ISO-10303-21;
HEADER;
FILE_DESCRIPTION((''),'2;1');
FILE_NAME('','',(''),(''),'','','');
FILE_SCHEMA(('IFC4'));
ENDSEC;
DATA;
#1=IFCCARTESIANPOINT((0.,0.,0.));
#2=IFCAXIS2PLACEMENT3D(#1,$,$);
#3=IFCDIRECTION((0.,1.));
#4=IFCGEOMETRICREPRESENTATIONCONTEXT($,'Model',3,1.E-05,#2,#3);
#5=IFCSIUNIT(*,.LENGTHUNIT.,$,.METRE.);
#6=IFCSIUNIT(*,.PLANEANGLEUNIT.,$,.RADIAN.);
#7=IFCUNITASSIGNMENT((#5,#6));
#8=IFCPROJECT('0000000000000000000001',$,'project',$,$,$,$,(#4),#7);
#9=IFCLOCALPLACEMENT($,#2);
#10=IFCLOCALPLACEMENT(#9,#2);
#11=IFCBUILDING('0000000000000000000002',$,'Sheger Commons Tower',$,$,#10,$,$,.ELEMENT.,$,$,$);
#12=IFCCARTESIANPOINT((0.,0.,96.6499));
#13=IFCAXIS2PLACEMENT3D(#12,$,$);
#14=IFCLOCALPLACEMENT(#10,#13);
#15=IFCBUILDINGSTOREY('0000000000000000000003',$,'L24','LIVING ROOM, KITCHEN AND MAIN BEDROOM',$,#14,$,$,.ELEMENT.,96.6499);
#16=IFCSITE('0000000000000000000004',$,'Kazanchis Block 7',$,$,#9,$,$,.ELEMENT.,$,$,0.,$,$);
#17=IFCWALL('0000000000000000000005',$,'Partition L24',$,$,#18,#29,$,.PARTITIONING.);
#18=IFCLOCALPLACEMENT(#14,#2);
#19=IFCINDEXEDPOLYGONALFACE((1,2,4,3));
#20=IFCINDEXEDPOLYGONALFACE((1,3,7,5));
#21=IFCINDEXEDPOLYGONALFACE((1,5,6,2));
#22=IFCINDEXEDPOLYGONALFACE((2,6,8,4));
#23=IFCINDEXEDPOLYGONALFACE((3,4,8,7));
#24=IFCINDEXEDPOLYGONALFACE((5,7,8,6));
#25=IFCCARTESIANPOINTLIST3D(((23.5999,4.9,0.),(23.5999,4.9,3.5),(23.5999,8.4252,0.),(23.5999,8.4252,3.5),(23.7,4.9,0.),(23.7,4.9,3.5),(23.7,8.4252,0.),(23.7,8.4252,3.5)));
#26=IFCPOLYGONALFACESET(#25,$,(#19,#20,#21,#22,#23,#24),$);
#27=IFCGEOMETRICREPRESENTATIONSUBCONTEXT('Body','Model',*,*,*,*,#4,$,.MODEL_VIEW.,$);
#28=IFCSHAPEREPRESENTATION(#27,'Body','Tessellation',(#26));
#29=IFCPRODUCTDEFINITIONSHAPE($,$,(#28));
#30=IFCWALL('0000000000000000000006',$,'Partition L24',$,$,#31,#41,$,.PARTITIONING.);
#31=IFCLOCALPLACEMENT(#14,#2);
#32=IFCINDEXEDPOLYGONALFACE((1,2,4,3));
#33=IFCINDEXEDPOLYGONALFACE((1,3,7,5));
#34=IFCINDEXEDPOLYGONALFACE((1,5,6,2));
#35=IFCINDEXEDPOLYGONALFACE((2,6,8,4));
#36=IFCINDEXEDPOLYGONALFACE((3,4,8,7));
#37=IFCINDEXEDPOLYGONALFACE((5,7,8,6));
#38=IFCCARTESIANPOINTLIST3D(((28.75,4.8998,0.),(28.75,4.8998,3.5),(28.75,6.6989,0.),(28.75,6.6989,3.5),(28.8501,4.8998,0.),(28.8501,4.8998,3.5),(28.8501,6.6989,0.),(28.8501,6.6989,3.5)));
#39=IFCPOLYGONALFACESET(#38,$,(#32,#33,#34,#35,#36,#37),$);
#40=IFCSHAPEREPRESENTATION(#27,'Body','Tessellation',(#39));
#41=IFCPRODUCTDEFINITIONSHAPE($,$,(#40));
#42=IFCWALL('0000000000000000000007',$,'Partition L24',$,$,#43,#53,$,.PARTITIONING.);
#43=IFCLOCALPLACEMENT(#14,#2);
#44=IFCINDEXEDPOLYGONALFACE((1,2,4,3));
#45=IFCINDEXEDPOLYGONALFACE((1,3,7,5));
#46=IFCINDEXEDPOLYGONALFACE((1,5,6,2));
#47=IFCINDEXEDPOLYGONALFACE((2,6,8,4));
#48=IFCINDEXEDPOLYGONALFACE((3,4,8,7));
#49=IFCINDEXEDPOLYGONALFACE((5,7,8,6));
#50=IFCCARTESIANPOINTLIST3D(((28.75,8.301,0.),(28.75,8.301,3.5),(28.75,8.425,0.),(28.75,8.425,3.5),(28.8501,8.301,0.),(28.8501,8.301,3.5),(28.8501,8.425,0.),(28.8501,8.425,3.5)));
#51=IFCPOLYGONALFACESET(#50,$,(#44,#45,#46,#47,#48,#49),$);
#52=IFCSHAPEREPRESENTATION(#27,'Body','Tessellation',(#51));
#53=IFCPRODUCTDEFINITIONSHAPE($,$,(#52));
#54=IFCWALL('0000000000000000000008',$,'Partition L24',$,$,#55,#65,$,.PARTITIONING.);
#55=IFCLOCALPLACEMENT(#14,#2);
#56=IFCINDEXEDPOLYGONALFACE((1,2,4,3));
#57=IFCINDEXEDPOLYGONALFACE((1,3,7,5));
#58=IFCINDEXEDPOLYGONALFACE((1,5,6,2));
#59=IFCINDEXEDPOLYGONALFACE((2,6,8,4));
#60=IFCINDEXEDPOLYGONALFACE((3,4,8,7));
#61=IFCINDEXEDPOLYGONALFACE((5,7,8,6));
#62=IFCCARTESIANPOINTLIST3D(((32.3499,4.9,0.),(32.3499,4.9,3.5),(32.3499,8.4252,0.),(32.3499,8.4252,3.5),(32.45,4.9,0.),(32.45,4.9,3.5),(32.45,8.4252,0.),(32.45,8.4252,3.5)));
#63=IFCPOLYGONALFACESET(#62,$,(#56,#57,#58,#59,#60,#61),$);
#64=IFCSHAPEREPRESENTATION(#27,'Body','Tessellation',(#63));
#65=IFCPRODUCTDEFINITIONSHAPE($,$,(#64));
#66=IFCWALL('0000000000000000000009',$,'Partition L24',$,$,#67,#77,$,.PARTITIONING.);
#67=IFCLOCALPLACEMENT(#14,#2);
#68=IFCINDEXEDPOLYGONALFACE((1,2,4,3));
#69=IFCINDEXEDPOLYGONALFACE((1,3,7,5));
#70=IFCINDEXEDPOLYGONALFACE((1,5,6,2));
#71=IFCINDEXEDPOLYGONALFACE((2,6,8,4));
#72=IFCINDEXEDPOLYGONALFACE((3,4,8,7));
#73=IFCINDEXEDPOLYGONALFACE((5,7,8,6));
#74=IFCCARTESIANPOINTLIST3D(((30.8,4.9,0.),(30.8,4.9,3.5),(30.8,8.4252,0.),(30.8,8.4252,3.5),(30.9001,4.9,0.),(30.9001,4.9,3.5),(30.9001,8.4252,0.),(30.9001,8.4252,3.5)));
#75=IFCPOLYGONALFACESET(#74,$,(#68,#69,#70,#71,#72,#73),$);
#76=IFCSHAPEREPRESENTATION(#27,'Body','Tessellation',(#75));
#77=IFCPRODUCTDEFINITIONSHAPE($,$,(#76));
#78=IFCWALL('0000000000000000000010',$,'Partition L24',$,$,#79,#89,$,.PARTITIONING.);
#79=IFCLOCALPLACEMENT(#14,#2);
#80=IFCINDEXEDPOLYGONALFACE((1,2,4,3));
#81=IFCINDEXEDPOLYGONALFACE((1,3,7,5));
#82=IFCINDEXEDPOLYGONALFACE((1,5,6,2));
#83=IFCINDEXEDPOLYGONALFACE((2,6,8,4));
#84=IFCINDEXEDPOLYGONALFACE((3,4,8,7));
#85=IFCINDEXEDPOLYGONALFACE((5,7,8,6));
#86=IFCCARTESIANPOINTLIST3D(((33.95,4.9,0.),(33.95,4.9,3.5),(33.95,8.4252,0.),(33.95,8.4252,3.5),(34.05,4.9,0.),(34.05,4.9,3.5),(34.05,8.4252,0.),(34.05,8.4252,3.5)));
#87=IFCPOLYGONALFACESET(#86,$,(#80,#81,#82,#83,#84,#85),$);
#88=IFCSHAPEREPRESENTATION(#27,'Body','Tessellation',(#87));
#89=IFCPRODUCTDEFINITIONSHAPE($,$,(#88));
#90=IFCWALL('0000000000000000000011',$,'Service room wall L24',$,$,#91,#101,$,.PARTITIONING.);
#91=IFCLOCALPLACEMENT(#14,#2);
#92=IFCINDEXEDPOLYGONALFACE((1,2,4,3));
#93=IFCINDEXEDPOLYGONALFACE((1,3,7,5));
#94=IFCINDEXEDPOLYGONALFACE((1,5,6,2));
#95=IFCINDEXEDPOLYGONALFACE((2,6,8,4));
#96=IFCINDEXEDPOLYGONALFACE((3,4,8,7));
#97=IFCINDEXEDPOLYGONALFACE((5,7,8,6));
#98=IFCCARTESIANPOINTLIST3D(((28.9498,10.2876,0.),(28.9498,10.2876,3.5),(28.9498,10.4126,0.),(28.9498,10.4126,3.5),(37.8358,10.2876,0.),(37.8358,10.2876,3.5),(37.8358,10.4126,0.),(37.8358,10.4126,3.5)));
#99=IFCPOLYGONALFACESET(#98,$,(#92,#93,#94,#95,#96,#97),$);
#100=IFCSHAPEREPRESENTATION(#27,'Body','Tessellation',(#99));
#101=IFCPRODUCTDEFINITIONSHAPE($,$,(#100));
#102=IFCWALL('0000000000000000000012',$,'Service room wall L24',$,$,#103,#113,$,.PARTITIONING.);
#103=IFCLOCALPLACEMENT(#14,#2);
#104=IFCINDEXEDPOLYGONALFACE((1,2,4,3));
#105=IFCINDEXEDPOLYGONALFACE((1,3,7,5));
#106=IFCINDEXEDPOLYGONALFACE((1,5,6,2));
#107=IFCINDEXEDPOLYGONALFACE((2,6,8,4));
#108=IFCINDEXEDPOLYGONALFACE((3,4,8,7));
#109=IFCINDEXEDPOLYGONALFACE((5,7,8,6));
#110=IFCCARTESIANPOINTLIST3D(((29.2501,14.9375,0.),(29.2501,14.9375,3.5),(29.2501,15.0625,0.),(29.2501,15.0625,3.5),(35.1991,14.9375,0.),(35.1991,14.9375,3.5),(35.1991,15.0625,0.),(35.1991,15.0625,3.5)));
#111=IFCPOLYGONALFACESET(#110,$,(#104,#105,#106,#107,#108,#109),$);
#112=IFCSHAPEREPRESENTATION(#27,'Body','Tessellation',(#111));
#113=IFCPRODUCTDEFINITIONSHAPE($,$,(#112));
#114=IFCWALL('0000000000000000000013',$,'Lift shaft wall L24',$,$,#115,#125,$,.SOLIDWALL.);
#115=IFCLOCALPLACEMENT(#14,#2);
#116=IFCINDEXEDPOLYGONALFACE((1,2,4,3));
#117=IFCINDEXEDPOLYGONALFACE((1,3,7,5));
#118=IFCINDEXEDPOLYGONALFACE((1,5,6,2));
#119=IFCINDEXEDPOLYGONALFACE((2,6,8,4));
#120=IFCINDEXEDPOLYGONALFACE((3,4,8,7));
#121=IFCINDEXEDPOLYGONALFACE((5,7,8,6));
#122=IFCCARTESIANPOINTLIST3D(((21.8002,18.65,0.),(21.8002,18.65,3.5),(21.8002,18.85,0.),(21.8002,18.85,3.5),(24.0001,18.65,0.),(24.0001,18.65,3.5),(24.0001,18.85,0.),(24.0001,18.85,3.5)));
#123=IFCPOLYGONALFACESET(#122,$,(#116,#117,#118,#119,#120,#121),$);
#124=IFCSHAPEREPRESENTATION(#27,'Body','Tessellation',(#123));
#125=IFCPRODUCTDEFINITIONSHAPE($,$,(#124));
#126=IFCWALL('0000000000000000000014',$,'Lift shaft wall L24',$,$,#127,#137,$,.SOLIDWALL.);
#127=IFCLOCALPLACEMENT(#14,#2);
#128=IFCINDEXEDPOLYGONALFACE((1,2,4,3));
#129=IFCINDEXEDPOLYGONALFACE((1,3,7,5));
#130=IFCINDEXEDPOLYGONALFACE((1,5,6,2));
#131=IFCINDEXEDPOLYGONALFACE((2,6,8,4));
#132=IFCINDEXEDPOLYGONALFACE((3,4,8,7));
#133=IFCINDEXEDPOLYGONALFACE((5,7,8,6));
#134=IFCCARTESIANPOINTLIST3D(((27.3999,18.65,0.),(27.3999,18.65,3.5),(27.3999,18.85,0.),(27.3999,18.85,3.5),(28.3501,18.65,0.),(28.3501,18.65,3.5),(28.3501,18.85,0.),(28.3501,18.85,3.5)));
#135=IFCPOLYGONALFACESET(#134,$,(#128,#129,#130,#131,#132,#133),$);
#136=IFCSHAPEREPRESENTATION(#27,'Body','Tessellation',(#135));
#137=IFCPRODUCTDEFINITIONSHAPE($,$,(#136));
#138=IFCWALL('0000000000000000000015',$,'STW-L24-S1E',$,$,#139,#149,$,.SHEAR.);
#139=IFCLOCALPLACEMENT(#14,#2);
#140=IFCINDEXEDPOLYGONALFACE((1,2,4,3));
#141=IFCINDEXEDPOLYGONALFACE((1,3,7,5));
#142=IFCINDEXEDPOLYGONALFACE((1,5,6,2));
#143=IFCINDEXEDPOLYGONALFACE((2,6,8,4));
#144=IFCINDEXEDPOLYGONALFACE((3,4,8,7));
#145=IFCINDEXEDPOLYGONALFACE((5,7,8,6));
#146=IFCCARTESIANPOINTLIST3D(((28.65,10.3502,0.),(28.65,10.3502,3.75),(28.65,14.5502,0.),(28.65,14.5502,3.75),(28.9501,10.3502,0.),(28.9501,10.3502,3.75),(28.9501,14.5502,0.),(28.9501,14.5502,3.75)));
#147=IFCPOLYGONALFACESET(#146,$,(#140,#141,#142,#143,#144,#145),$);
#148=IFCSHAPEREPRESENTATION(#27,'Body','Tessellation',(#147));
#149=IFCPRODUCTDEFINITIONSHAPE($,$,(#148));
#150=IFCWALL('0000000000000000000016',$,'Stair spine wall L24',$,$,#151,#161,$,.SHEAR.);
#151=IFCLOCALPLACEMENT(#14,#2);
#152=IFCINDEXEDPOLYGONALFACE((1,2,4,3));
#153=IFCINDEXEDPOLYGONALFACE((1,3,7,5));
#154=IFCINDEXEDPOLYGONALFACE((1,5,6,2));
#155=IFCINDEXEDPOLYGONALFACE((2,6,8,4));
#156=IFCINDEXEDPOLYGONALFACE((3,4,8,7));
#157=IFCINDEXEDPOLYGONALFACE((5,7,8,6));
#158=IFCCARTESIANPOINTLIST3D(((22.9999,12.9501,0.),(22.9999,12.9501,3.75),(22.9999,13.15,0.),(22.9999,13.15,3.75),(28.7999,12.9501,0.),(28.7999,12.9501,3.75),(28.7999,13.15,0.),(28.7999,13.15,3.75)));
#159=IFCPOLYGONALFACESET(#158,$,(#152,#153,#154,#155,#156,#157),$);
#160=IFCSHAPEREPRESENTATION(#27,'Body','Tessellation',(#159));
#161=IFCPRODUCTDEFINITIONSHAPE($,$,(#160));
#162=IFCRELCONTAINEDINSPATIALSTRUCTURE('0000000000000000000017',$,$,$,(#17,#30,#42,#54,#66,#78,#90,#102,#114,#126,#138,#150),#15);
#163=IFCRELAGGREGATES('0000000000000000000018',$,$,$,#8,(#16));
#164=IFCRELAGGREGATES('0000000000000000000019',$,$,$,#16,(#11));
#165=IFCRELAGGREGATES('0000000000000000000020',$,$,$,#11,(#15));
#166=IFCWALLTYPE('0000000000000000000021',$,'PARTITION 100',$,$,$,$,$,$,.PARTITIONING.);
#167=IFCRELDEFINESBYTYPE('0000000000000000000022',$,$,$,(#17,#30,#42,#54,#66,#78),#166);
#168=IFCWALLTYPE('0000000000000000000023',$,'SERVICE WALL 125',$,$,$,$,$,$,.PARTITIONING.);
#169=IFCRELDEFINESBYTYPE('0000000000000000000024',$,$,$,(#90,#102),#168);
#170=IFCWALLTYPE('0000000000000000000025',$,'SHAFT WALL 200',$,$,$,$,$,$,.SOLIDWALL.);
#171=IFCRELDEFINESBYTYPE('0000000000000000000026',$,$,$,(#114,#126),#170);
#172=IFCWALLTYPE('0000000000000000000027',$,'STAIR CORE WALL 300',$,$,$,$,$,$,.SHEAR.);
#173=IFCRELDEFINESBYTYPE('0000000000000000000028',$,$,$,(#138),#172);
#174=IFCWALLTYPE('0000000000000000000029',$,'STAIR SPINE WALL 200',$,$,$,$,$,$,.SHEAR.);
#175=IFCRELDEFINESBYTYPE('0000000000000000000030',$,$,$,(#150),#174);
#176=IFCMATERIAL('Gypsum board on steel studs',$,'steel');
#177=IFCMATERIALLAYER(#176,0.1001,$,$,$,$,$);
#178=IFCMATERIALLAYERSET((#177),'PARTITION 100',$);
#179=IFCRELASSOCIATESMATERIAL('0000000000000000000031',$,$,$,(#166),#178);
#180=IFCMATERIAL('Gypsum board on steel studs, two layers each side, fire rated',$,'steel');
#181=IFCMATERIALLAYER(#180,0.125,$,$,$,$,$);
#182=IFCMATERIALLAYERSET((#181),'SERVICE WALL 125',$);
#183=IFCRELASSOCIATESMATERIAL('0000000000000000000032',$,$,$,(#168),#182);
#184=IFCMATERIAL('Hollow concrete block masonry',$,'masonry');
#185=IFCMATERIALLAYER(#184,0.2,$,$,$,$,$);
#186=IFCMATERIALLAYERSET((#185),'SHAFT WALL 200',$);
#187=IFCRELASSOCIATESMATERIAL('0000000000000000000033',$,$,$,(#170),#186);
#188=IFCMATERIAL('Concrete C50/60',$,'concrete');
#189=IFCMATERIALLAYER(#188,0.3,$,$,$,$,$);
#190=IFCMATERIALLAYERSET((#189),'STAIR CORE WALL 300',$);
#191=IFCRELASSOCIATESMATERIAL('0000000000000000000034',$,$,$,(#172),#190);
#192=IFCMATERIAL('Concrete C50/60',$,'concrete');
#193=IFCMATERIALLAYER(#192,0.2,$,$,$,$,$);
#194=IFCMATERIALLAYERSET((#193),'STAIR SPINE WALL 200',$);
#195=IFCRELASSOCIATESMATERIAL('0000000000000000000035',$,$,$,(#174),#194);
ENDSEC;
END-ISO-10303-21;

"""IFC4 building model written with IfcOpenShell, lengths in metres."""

from ifc_helpers import new_model, si_unit, direction, frame, frame_2d, origin, place, context, subcontext, project, spatial, rectangle, extrude, material, layer, layer_set, type_object, element, save


model = new_model("IFC4")

# Units and contexts
model_context = context("Model", 3, precision=1e-05, world=origin(), true_north=direction((0.0, 1.0)))
body_context = subcontext(model_context, "Body", "Model", "MODEL_VIEW")
ifc_project = project(units=[si_unit("LENGTHUNIT", "METRE"), si_unit("PLANEANGLEUNIT", "RADIAN")], contexts=[model_context])

# Site, building, storey
site_placement = place(None, origin())
site = spatial("IfcSite", under=ifc_project, at=site_placement, Name="Kazanchis Block 7", CompositionType="ELEMENT", RefElevation=0.0)
building_placement = place(site_placement, origin())
building = spatial("IfcBuilding", under=site, at=building_placement, Name="Sheger Commons Tower", CompositionType="ELEMENT")
storey_placement = place(building_placement, frame((0.0, 0.0, 96.6499)))
storey = spatial("IfcBuildingStorey", under=building, at=storey_placement, Name="L24", Description="LIVING ROOM, KITCHEN AND MAIN BEDROOM", CompositionType="ELEMENT", Elevation=96.6499)

# Walls
ifc_material_1 = material(Name="Gypsum board on steel studs", Category="steel")
ifc_layer_1 = layer(ifc_material_1, 0.1001)
ifc_layer_set_1 = layer_set([ifc_layer_1], Name="PARTITION 100")
wall_type_1 = type_object("IfcWallType", Name="PARTITION 100", PredefinedType="PARTITIONING", material=ifc_layer_set_1)
wall_1_placement = place(storey_placement, frame((23.6499, 4.8999, 0.0), z_axis=(0.0, 0.0, 1.0), x_axis=(0.0, 1.0, 0.0)))
element("IfcWall", 1, at=wall_1_placement, inside=storey, type_object=wall_type_1, Name="Partition L24", PredefinedType="PARTITIONING", context=body_context, shape_type="SweptSolid", body=[
    extrude(rectangle(XDim=3.5251, YDim=0.1001, at=frame_2d((1.7627, 0.0))), origin(), (0.0, 0.0, 1.0), 3.5),
])
wall_2_placement = place(storey_placement, frame((28.8, 4.8999, 0.0), z_axis=(0.0, 0.0, 1.0), x_axis=(0.0, 1.0, 0.0)))
element("IfcWall", 2, at=wall_2_placement, inside=storey, type_object=wall_type_1, Name="Partition L24", PredefinedType="PARTITIONING", context=body_context, shape_type="SweptSolid", body=[
    extrude(rectangle(XDim=1.7991, YDim=0.1001, at=frame_2d((0.8994, 0.0))), origin(), (0.0, 0.0, 1.0), 3.5),
])
wall_3_placement = place(storey_placement, frame((28.8, 8.301, 0.0), z_axis=(0.0, 0.0, 1.0), x_axis=(0.0, 1.0, 0.0)))
element("IfcWall", 3, at=wall_3_placement, inside=storey, type_object=wall_type_1, Name="Partition L24", PredefinedType="PARTITIONING", context=body_context, shape_type="SweptSolid", body=[
    extrude(rectangle(XDim=0.124, YDim=0.1001, at=frame_2d((0.062, 0.0))), origin(), (0.0, 0.0, 1.0), 3.5),
])
for number, where, z_axis, x_axis, name in (
    (4, (32.3999, 4.8999, 0.0), (0.0, 0.0, 1.0), (0.0, 1.0, 0.0), "Partition L24"),
    (5, (30.8501, 4.8999, 0.0), (0.0, 0.0, 1.0), (0.0, 1.0, 0.0), "Partition L24"),
    (6, (34.0, 4.8999, 0.0), (0.0, 0.0, 1.0), (0.0, 1.0, 0.0), "Partition L24"),
):
    element("IfcWall", number, at=place(storey_placement, frame(where, z_axis=z_axis, x_axis=x_axis)), inside=storey, type_object=wall_type_1, Name=name, PredefinedType="PARTITIONING", context=body_context, shape_type="SweptSolid", body=[
        extrude(rectangle(XDim=3.5251, YDim=0.1001, at=frame_2d((1.7627, 0.0))), origin(), (0.0, 0.0, 1.0), 3.5),
    ])
ifc_material_2 = material(Name="Gypsum board on steel studs, two layers each side, fire rated", Category="steel")
ifc_layer_2 = layer(ifc_material_2, 0.125)
ifc_layer_set_2 = layer_set([ifc_layer_2], Name="SERVICE WALL 125")
wall_type_2 = type_object("IfcWallType", Name="SERVICE WALL 125", PredefinedType="PARTITIONING", material=ifc_layer_set_2)
wall_4_placement = place(storey_placement, frame((28.95, 10.3501, 0.0), z_axis=(0.0, 0.0, 1.0), x_axis=(1.0, 0.0, 0.0)))
element("IfcWall", 7, at=wall_4_placement, inside=storey, type_object=wall_type_2, Name="Service room wall L24", PredefinedType="PARTITIONING", context=body_context, shape_type="SweptSolid", body=[
    extrude(rectangle(XDim=8.886, YDim=0.125, at=frame_2d((4.4429, 0.0))), origin(), (0.0, 0.0, 1.0), 3.5),
])
wall_5_placement = place(storey_placement, frame((29.25, 15.0, 0.0), z_axis=(0.0, 0.0, 1.0), x_axis=(1.0, 0.0, 0.0)))
element("IfcWall", 8, at=wall_5_placement, inside=storey, type_object=wall_type_2, Name="Service room wall L24", PredefinedType="PARTITIONING", context=body_context, shape_type="SweptSolid", body=[
    extrude(rectangle(XDim=5.949, YDim=0.125, at=frame_2d((2.9746, 0.0))), origin(), (0.0, 0.0, 1.0), 3.5),
])
ifc_material_3 = material(Name="Hollow concrete block masonry", Category="masonry")
ifc_layer_3 = layer(ifc_material_3, 0.2)
ifc_layer_set_3 = layer_set([ifc_layer_3], Name="SHAFT WALL 200")
wall_type_3 = type_object("IfcWallType", Name="SHAFT WALL 200", PredefinedType="SOLIDWALL", material=ifc_layer_set_3)
wall_6_placement = place(storey_placement, frame((21.8, 18.75, 0.0), z_axis=(0.0, 0.0, 1.0), x_axis=(1.0, 0.0, 0.0)))
element("IfcWall", 9, at=wall_6_placement, inside=storey, type_object=wall_type_3, Name="Lift shaft wall L24", PredefinedType="SOLIDWALL", context=body_context, shape_type="SweptSolid", body=[
    extrude(rectangle(XDim=2.2, YDim=0.2, at=frame_2d((1.1001, 0.0))), origin(), (0.0, 0.0, 1.0), 3.5),
])
wall_7_placement = place(storey_placement, frame((27.3999, 18.75, 0.0), z_axis=(0.0, 0.0, 1.0), x_axis=(1.0, 0.0, 0.0)))
element("IfcWall", 10, at=wall_7_placement, inside=storey, type_object=wall_type_3, Name="Lift shaft wall L24", PredefinedType="SOLIDWALL", context=body_context, shape_type="SweptSolid", body=[
    extrude(rectangle(XDim=0.9502, YDim=0.2, at=frame_2d((0.4751, 0.0))), origin(), (0.0, 0.0, 1.0), 3.5),
])
ifc_material_4 = material(Name="Concrete C50/60", Category="concrete")
ifc_layer_4 = layer(ifc_material_4, 0.3)
ifc_layer_set_4 = layer_set([ifc_layer_4], Name="STAIR CORE WALL 300")
wall_type_4 = type_object("IfcWallType", Name="STAIR CORE WALL 300", PredefinedType="SHEAR", material=ifc_layer_set_4)
wall_8_placement = place(storey_placement, frame((28.8, 10.3501, 0.0), z_axis=(0.0, 0.0, 1.0), x_axis=(0.0, 1.0, 0.0)))
element("IfcWall", 11, at=wall_8_placement, inside=storey, type_object=wall_type_4, Name="STW-L24-S1E", PredefinedType="SHEAR", context=body_context, shape_type="SweptSolid", body=[
    extrude(rectangle(XDim=4.2, YDim=0.3, at=frame_2d((2.1001, 0.0))), origin(), (0.0, 0.0, 1.0), 3.75),
])
ifc_material_5 = material(Name="Concrete C50/60", Category="concrete")
ifc_layer_5 = layer(ifc_material_5, 0.2)
ifc_layer_set_5 = layer_set([ifc_layer_5], Name="STAIR SPINE WALL 200")
wall_type_5 = type_object("IfcWallType", Name="STAIR SPINE WALL 200", PredefinedType="SHEAR", material=ifc_layer_set_5)
wall_9_placement = place(storey_placement, frame((23.0, 13.05, 0.0), z_axis=(0.0, 0.0, 1.0), x_axis=(1.0, 0.0, 0.0)))
element("IfcWall", 12, at=wall_9_placement, inside=storey, type_object=wall_type_5, Name="Stair spine wall L24", PredefinedType="SHEAR", context=body_context, shape_type="SweptSolid", body=[
    extrude(rectangle(XDim=5.8, YDim=0.2, at=frame_2d((2.8999, 0.0))), origin(), (0.0, 0.0, 1.0), 3.75),
])

save(model, "model.ifc")
